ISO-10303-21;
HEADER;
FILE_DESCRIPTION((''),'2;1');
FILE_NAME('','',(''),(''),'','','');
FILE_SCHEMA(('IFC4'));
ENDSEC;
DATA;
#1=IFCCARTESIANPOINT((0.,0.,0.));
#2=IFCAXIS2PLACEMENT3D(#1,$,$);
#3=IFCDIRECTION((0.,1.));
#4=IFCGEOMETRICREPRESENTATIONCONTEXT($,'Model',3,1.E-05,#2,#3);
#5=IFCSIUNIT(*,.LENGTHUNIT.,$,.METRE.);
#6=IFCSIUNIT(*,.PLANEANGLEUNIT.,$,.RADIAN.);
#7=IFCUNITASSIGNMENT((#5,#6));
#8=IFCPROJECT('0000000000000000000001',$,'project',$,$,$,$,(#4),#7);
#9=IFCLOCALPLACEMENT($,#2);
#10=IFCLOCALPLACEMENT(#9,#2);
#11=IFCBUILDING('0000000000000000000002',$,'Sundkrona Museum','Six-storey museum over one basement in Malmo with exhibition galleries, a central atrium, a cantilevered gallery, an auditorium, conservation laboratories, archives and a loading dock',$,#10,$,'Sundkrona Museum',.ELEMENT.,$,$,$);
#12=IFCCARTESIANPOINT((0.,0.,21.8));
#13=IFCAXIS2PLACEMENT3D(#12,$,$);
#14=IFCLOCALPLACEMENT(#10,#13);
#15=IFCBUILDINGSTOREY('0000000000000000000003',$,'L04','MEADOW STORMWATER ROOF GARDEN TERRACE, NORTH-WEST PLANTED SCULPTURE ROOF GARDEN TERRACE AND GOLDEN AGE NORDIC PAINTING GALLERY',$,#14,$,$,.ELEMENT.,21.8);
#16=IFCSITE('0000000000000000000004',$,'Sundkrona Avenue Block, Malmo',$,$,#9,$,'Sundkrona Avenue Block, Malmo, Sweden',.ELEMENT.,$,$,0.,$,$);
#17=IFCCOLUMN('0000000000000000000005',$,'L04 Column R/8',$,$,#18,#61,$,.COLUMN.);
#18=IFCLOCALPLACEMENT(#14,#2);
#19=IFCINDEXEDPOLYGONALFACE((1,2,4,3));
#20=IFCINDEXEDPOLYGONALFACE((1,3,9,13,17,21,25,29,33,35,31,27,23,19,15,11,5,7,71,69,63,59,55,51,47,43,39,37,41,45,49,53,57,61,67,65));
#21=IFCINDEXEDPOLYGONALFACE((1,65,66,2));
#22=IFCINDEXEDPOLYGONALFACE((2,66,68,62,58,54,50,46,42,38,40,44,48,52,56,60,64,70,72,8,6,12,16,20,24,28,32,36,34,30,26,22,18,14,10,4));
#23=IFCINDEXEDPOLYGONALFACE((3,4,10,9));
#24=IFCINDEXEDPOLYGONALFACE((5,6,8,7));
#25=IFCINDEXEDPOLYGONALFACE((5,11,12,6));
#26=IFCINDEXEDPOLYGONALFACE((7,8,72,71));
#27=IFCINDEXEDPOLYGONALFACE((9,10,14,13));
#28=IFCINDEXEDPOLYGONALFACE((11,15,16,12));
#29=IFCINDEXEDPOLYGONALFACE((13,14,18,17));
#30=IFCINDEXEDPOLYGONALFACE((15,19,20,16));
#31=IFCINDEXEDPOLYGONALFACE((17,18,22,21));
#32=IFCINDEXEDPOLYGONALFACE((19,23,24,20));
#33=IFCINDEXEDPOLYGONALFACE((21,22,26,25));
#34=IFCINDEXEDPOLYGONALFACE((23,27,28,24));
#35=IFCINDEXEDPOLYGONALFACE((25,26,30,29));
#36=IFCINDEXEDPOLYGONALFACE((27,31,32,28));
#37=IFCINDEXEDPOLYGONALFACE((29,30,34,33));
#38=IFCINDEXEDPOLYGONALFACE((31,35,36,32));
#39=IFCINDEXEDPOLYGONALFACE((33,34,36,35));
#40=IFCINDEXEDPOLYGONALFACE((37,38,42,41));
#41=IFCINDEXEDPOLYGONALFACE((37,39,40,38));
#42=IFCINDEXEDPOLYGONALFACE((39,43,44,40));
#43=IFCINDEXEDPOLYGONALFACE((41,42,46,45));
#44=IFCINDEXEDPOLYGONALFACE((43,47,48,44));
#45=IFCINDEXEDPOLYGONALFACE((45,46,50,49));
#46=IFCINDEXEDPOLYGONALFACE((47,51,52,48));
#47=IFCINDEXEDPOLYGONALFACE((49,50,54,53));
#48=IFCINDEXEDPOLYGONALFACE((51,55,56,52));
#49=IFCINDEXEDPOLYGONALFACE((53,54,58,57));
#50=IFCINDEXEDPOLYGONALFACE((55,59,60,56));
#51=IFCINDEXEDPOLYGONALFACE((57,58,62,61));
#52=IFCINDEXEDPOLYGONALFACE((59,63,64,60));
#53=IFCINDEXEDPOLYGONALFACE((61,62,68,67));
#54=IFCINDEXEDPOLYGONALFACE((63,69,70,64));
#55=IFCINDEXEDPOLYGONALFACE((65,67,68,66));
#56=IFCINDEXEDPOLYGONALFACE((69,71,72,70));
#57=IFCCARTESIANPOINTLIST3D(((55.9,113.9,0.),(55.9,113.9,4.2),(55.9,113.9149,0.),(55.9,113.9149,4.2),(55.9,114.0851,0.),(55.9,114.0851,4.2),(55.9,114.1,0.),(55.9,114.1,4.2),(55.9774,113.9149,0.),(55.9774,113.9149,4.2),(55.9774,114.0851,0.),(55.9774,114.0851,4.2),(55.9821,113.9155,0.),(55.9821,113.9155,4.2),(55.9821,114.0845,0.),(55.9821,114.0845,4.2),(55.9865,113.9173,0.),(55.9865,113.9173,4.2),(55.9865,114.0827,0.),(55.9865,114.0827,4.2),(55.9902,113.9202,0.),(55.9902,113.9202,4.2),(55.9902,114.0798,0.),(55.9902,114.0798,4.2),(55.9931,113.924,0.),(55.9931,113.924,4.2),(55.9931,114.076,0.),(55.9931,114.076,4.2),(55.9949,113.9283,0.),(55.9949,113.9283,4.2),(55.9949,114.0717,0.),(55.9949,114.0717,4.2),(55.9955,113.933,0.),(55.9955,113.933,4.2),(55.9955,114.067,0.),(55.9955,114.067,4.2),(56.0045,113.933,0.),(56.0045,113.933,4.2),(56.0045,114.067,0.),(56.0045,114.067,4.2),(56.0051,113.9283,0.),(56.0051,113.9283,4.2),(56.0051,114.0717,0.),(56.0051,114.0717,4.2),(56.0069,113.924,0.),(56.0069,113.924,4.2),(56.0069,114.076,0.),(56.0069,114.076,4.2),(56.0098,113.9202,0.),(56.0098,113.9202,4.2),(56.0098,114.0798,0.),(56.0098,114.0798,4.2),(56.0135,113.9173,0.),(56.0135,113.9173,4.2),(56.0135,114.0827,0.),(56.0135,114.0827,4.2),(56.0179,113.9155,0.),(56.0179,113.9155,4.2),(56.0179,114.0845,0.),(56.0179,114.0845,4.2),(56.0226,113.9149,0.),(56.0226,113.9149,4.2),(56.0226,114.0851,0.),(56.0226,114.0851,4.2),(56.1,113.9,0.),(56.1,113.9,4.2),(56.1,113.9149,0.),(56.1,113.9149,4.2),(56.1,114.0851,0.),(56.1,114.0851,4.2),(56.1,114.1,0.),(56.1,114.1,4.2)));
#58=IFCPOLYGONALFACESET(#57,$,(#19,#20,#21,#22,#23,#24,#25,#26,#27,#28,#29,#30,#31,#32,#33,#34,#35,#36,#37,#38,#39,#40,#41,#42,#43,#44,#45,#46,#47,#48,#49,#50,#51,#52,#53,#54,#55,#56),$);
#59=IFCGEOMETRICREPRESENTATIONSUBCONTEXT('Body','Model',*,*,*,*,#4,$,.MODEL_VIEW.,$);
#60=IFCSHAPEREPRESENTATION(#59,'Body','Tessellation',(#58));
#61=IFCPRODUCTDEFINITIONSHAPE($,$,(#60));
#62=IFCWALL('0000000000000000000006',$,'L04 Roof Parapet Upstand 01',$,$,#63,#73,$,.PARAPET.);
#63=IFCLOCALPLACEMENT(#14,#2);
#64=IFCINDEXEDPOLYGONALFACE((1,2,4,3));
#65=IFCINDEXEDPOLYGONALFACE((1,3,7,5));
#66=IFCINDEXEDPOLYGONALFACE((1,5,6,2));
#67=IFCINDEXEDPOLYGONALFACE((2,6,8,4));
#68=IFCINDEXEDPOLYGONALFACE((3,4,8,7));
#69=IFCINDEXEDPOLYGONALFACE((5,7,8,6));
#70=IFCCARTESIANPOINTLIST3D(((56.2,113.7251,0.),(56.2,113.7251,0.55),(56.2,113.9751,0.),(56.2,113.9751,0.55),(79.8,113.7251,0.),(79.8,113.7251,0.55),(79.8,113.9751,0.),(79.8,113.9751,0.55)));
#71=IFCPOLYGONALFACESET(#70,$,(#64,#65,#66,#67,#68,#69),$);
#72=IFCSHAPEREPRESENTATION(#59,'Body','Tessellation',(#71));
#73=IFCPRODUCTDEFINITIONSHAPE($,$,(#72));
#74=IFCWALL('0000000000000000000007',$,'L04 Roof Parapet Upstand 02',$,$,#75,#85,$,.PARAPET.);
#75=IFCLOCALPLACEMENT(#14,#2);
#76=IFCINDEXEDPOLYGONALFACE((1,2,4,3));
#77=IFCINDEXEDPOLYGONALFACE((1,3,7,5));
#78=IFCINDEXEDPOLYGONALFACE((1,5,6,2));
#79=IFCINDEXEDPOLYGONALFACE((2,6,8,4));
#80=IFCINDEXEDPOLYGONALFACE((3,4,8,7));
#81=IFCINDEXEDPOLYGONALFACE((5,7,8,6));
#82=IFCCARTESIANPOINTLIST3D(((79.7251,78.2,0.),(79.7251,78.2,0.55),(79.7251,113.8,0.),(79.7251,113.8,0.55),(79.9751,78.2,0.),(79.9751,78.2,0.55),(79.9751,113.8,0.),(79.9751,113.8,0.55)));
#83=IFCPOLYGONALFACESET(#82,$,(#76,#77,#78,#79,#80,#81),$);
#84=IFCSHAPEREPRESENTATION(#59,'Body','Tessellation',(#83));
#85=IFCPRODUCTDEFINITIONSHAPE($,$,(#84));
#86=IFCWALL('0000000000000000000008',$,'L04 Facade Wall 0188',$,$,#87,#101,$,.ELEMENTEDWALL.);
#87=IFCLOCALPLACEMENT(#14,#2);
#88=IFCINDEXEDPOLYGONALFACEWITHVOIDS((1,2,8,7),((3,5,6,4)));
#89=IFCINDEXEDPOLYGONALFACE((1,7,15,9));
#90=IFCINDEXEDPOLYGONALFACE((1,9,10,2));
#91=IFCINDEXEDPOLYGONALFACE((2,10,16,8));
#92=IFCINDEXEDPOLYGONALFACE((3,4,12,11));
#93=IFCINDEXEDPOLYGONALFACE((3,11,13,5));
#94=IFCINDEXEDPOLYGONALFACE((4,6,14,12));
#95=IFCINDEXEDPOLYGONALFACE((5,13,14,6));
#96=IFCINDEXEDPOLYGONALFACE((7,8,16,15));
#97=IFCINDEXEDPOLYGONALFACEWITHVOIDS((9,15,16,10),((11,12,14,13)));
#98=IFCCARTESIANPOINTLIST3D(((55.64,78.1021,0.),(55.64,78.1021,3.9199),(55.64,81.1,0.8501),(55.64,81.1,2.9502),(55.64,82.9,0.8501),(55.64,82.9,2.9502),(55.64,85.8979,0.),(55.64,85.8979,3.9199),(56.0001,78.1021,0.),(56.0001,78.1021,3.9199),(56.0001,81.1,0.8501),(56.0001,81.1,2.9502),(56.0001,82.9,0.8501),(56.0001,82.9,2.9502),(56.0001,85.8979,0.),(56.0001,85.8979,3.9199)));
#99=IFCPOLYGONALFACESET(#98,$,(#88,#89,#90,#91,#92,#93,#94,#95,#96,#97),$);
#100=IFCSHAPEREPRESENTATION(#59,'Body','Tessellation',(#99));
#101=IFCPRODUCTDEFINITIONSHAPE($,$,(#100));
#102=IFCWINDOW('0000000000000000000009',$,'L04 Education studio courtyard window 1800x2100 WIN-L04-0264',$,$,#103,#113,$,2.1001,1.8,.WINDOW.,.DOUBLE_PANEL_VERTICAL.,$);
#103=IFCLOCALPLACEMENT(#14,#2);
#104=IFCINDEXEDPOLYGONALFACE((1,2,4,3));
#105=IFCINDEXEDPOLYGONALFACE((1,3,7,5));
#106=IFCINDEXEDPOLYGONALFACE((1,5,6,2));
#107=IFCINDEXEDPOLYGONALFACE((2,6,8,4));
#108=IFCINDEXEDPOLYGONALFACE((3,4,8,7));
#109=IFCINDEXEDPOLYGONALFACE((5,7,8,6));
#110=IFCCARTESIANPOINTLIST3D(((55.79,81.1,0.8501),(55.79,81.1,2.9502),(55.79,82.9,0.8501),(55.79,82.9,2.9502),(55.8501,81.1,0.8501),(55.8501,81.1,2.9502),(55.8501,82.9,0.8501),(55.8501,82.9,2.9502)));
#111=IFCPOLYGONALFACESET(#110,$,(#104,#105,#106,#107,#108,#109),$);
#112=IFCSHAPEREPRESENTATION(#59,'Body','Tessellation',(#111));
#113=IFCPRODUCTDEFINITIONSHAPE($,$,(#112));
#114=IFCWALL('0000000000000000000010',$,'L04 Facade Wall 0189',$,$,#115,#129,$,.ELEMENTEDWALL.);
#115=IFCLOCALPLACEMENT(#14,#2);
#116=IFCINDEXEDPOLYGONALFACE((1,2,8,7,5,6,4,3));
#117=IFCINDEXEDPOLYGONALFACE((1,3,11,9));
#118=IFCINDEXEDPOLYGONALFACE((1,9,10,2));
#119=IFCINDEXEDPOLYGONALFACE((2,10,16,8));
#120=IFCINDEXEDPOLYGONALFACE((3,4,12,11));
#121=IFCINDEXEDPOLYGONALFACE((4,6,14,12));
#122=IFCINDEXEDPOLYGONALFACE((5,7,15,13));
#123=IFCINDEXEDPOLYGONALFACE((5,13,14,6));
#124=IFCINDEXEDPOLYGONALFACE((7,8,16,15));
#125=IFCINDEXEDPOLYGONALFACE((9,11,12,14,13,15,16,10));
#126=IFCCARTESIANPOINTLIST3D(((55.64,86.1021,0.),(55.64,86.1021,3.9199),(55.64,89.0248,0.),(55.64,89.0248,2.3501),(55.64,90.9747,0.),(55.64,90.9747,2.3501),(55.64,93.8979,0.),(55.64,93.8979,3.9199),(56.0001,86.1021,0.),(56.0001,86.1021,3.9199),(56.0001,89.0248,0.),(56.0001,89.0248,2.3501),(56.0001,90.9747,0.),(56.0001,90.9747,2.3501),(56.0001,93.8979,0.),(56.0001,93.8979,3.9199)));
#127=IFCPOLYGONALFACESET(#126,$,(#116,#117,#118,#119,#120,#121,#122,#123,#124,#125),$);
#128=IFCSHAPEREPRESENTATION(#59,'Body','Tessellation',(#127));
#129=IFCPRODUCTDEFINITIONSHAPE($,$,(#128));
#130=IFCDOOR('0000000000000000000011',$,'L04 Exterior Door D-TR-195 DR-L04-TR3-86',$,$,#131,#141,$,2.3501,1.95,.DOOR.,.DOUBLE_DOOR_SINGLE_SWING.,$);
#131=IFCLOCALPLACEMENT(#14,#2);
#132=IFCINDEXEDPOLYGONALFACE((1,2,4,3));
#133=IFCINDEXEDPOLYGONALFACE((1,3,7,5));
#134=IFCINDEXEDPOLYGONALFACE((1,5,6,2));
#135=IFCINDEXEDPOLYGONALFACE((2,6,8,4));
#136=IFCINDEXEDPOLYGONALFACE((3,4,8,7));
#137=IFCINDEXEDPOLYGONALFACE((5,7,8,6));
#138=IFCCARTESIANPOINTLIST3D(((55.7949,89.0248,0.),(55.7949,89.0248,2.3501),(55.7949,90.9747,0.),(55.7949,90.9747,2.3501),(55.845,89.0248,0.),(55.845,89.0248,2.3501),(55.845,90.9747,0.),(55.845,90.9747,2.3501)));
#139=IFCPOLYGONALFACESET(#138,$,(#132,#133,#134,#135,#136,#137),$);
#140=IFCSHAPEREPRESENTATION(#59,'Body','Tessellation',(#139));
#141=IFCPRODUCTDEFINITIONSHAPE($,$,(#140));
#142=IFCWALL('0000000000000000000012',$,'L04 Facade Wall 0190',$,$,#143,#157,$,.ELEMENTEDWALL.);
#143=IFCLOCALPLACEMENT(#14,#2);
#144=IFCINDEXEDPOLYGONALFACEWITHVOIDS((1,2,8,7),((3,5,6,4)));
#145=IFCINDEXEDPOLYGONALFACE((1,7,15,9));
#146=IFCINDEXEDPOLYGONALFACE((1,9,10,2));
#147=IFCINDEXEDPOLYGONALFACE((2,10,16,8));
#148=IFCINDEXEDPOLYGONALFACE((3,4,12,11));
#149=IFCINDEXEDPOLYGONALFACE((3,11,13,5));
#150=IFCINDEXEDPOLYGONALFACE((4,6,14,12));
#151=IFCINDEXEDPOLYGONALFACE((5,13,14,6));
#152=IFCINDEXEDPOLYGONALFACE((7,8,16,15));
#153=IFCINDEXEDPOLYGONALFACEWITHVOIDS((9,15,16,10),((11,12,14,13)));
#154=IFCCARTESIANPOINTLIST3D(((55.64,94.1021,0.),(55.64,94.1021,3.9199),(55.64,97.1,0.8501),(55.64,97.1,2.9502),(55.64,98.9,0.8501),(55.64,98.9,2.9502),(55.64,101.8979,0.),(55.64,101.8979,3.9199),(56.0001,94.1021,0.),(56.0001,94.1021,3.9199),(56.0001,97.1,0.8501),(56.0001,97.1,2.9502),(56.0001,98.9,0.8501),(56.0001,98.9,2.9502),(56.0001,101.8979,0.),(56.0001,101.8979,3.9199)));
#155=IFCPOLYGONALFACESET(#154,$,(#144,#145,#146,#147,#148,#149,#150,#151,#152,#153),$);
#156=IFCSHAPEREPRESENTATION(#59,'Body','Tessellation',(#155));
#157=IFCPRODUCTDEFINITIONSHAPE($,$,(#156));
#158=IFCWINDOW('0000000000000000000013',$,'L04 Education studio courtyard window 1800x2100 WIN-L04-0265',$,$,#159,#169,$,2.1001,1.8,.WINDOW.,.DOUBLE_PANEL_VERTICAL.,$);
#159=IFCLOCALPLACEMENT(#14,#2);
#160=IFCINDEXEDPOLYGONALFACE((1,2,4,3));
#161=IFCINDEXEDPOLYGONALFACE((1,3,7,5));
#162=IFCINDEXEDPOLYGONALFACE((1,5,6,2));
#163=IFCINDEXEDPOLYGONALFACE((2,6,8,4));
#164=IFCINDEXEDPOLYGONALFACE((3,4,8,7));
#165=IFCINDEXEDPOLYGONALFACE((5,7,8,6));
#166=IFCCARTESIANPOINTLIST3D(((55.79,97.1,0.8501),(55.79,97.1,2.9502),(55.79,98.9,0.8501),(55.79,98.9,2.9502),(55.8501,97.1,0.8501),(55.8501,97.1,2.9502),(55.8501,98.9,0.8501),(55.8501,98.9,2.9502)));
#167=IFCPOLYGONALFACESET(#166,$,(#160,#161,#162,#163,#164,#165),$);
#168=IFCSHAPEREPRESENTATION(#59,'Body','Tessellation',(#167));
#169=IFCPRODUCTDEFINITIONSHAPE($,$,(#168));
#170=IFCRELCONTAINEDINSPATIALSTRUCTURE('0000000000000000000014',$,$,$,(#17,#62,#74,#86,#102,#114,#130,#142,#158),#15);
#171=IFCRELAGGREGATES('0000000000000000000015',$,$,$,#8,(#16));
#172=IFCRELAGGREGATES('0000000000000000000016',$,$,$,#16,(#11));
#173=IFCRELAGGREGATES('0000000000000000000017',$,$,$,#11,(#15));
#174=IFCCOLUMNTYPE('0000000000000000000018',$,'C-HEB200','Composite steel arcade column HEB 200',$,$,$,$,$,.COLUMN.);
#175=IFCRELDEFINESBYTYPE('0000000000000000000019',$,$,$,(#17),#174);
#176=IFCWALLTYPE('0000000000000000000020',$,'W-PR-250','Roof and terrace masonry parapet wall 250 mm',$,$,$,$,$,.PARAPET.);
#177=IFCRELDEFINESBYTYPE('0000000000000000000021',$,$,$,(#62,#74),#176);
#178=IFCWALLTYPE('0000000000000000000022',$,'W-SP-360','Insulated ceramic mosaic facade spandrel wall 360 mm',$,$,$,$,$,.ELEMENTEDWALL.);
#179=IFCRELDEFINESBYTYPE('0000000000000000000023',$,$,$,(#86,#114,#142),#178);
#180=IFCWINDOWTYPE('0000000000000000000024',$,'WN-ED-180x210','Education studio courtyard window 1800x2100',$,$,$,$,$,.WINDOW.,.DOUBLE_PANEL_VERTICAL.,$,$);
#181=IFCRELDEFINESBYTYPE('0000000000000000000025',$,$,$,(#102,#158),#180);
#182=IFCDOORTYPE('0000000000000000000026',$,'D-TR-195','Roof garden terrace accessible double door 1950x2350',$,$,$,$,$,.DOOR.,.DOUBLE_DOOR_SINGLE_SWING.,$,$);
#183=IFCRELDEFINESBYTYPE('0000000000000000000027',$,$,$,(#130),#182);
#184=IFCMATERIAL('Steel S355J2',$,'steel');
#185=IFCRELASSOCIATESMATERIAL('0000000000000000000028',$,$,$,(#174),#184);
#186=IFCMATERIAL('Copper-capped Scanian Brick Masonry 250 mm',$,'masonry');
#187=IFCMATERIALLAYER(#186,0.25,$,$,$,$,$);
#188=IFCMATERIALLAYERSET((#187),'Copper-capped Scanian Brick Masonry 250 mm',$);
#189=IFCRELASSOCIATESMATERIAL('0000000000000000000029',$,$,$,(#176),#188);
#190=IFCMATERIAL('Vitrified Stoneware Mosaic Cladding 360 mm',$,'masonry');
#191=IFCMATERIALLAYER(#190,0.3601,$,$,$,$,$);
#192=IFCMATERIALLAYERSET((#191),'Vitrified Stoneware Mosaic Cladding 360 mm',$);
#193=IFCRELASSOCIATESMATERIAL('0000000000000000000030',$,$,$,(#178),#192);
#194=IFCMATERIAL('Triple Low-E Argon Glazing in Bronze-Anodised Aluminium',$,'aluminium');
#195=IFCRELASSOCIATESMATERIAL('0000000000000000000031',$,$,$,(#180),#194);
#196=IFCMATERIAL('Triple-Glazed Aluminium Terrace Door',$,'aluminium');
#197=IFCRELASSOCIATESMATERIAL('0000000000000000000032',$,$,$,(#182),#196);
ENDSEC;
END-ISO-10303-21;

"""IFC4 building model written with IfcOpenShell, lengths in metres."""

from ifc_helpers import new_model, si_unit, direction, frame, frame_2d, origin, origin_2d, place, context, subcontext, project, spatial, rectangle, i_section, extrude, material, layer, layer_set, material_profile, profile_set, type_object, element, fill, save


model = new_model("IFC4")

# Units and contexts
model_context = context("Model", 3, precision=1e-05, world=origin(), true_north=direction((0.0, 1.0)))
body_context = subcontext(model_context, "Body", "Model", "MODEL_VIEW")
ifc_project = project(units=[si_unit("LENGTHUNIT", "METRE"), si_unit("PLANEANGLEUNIT", "RADIAN")], contexts=[model_context])

# Site, building, storey
site_placement = place(None, origin())
site = spatial("IfcSite", under=ifc_project, at=site_placement, Name="Sundkrona Avenue Block, Malmo", LongName="Sundkrona Avenue Block, Malmo, Sweden", CompositionType="ELEMENT", RefElevation=0.0)
building_placement = place(site_placement, origin())
building = spatial("IfcBuilding", under=site, at=building_placement, Name="Sundkrona Museum", Description="Six-storey museum over one basement in Malmo with exhibition galleries, a central atrium, a cantilevered gallery, an auditorium, conservation laboratories, archives and a loading dock", LongName="Sundkrona Museum", CompositionType="ELEMENT")
storey_placement = place(building_placement, frame((0.0, 0.0, 21.8)))
storey = spatial("IfcBuildingStorey", under=building, at=storey_placement, Name="L04", Description="MEADOW STORMWATER ROOF GARDEN TERRACE, NORTH-WEST PLANTED SCULPTURE ROOF GARDEN TERRACE AND GOLDEN AGE NORDIC PAINTING GALLERY", CompositionType="ELEMENT", Elevation=21.8)

# Column
ifc_material_1 = material(Name="Steel S355J2", Category="steel")
ifc_material_profile = material_profile(ifc_material_1, i_section(OverallWidth=0.2, OverallDepth=0.2, WebThickness=0.009, FlangeThickness=0.0149, FilletRadius=0.0181, at=origin_2d()), Name="HEB 200")
ifc_profile_set = profile_set([ifc_material_profile], Name="Steel S355J2")
column_type = type_object("IfcColumnType", Name="C-HEB200", Description="Composite steel arcade column HEB 200", PredefinedType="COLUMN", material=ifc_profile_set)
for number, where, z_axis, x_axis, name in (
    (1, (56.0, 114.0, 0.0), (0.0, 0.0, 1.0), (1.0, 0.0, 0.0), "L04 Column R/8"),
):
    element("IfcColumn", number, at=place(storey_placement, frame(where, z_axis=z_axis, x_axis=x_axis)), inside=storey, type_object=column_type, Name=name, PredefinedType="COLUMN", context=body_context, shape_type="SweptSolid", body=[
        extrude(i_section(OverallWidth=0.2, OverallDepth=0.2, WebThickness=0.009, FlangeThickness=0.0149, FilletRadius=0.0181, at=origin_2d()), origin(), (0.0, 0.0, 1.0), 4.2),
    ])

# Walls
ifc_material_2 = material(Name="Copper-capped Scanian Brick Masonry 250 mm", Category="masonry")
ifc_layer_1 = layer(ifc_material_2, 0.25)
ifc_layer_set_1 = layer_set([ifc_layer_1], Name="Copper-capped Scanian Brick Masonry 250 mm")
wall_type_1 = type_object("IfcWallType", Name="W-PR-250", Description="Roof and terrace masonry parapet wall 250 mm", PredefinedType="PARAPET", material=ifc_layer_set_1)
wall_1_placement = place(storey_placement, frame((56.2, 113.8501, 0.0), z_axis=(0.0, 0.0, 1.0), x_axis=(1.0, 0.0, 0.0)))
element("IfcWall", 2, at=wall_1_placement, inside=storey, type_object=wall_type_1, Name="L04 Roof Parapet Upstand 01", PredefinedType="PARAPET", context=body_context, shape_type="SweptSolid", body=[
    extrude(rectangle(XDim=23.6001, YDim=0.25, at=frame_2d((11.8, 0.0))), origin(), (0.0, 0.0, 1.0), 0.55),
])
wall_2_placement = place(storey_placement, frame((79.8501, 78.2, 0.0), z_axis=(0.0, 0.0, 1.0), x_axis=(0.0, 1.0, 0.0)))
element("IfcWall", 3, at=wall_2_placement, inside=storey, type_object=wall_type_1, Name="L04 Roof Parapet Upstand 02", PredefinedType="PARAPET", context=body_context, shape_type="SweptSolid", body=[
    extrude(rectangle(XDim=35.6001, YDim=0.25, at=frame_2d((17.8, 0.0))), origin(), (0.0, 0.0, 1.0), 0.55),
])

# Wall, opening, window
ifc_material_3 = material(Name="Vitrified Stoneware Mosaic Cladding 360 mm", Category="masonry")
ifc_layer_2 = layer(ifc_material_3, 0.3601)
ifc_layer_set_2 = layer_set([ifc_layer_2], Name="Vitrified Stoneware Mosaic Cladding 360 mm")
wall_type_2 = type_object("IfcWallType", Name="W-SP-360", Description="Insulated ceramic mosaic facade spandrel wall 360 mm", PredefinedType="ELEMENTEDWALL", material=ifc_layer_set_2)
wall_3_placement = place(storey_placement, frame((55.8201, 85.8979, 0.0), z_axis=(0.0, 0.0, 1.0), x_axis=(0.0, -1.0, 0.0)))
wall_3 = element("IfcWall", 4, at=wall_3_placement, inside=storey, type_object=wall_type_2, Name="L04 Facade Wall 0188", PredefinedType="ELEMENTEDWALL", context=body_context, shape_type="SweptSolid", body=[
    extrude(rectangle(XDim=7.7959, YDim=0.3601, at=frame_2d((3.8979, 0.0))), origin(), (0.0, 0.0, 1.0), 3.9199),
])
opening_1_placement = place(wall_3_placement, frame((2.998, 0.0, 0.8501)))
opening_1 = element("IfcOpeningElement", 5, at=opening_1_placement, cuts=wall_3, PredefinedType="OPENING", context=body_context, shape_type="SweptSolid", body=[
    extrude(rectangle(XDim=1.8, YDim=2.1001, at=frame_2d((0.8999, 1.05))), frame((0.0, 0.1899, 0.0), z_axis=(0.0, -1.0, 0.0), x_axis=(1.0, 0.0, 0.0)), (0.0, 0.0, 1.0), 0.3801),
])
ifc_material_4 = material(Name="Triple Low-E Argon Glazing in Bronze-Anodised Aluminium", Category="aluminium")
window_type = type_object("IfcWindowType", Name="WN-ED-180x210", Description="Education studio courtyard window 1800x2100", PartitioningType="DOUBLE_PANEL_VERTICAL", PredefinedType="WINDOW", material=ifc_material_4)
window_1_placement = place(opening_1_placement, origin())
window_1 = element("IfcWindow", 6, at=window_1_placement, inside=storey, type_object=window_type, Name="L04 Education studio courtyard window 1800x2100 WIN-L04-0264", OverallHeight=2.1001, OverallWidth=1.8, PartitioningType="DOUBLE_PANEL_VERTICAL", PredefinedType="WINDOW", context=body_context, shape_type="SweptSolid", body=[
    extrude(rectangle(XDim=1.8, YDim=2.1001, at=frame_2d((0.8999, 1.05))), frame((0.0, 0.03, 0.0), z_axis=(0.0, -1.0, 0.0), x_axis=(1.0, 0.0, 0.0)), (0.0, 0.0, 1.0), 0.0601),
])
fill(opening_1, window_1)

# Wall, opening, door
wall_4_placement = place(storey_placement, frame((55.8201, 93.8979, 0.0), z_axis=(0.0, 0.0, 1.0), x_axis=(0.0, -1.0, 0.0)))
wall_4 = element("IfcWall", 7, at=wall_4_placement, inside=storey, type_object=wall_type_2, Name="L04 Facade Wall 0189", PredefinedType="ELEMENTEDWALL", context=body_context, shape_type="SweptSolid", body=[
    extrude(rectangle(XDim=7.7959, YDim=0.3601, at=frame_2d((3.8979, 0.0))), origin(), (0.0, 0.0, 1.0), 3.9199),
])
opening_2_placement = place(wall_4_placement, frame((2.9231, 0.0, 0.0)))
opening_2 = element("IfcOpeningElement", 8, at=opening_2_placement, cuts=wall_4, PredefinedType="OPENING", context=body_context, shape_type="SweptSolid", body=[
    extrude(rectangle(XDim=1.95, YDim=2.3501, at=frame_2d((0.9751, 1.175))), frame((0.0, 0.1899, 0.0), z_axis=(0.0, -1.0, 0.0), x_axis=(1.0, 0.0, 0.0)), (0.0, 0.0, 1.0), 0.3801),
])
ifc_material_5 = material(Name="Triple-Glazed Aluminium Terrace Door", Category="aluminium")
door_type = type_object("IfcDoorType", Name="D-TR-195", Description="Roof garden terrace accessible double door 1950x2350", OperationType="DOUBLE_DOOR_SINGLE_SWING", PredefinedType="DOOR", material=ifc_material_5)
door_1_placement = place(opening_2_placement, origin())
door_1 = element("IfcDoor", 9, at=door_1_placement, inside=storey, type_object=door_type, Name="L04 Exterior Door D-TR-195 DR-L04-TR3-86", OperationType="DOUBLE_DOOR_SINGLE_SWING", OverallHeight=2.3501, OverallWidth=1.95, PredefinedType="DOOR", context=body_context, shape_type="SweptSolid", body=[
    extrude(rectangle(XDim=1.95, YDim=2.3501, at=frame_2d((0.9751, 1.175))), frame((0.0, 0.0249, 0.0), z_axis=(0.0, -1.0, 0.0), x_axis=(1.0, 0.0, 0.0)), (0.0, 0.0, 1.0), 0.05),
])
fill(opening_2, door_1)

# Wall, opening, window
wall_5_placement = place(storey_placement, frame((55.8201, 101.8979, 0.0), z_axis=(0.0, 0.0, 1.0), x_axis=(0.0, -1.0, 0.0)))
wall_5 = element("IfcWall", 10, at=wall_5_placement, inside=storey, type_object=wall_type_2, Name="L04 Facade Wall 0190", PredefinedType="ELEMENTEDWALL", context=body_context, shape_type="SweptSolid", body=[
    extrude(rectangle(XDim=7.7959, YDim=0.3601, at=frame_2d((3.8979, 0.0))), origin(), (0.0, 0.0, 1.0), 3.9199),
])
opening_3_placement = place(wall_5_placement, frame((2.998, 0.0, 0.8501)))
opening_3 = element("IfcOpeningElement", 11, at=opening_3_placement, cuts=wall_5, PredefinedType="OPENING", context=body_context, shape_type="SweptSolid", body=[
    extrude(rectangle(XDim=1.8, YDim=2.1001, at=frame_2d((0.8999, 1.05))), frame((0.0, 0.1899, 0.0), z_axis=(0.0, -1.0, 0.0), x_axis=(1.0, 0.0, 0.0)), (0.0, 0.0, 1.0), 0.3801),
])
window_2_placement = place(opening_3_placement, origin())
window_2 = element("IfcWindow", 12, at=window_2_placement, inside=storey, type_object=window_type, Name="L04 Education studio courtyard window 1800x2100 WIN-L04-0265", OverallHeight=2.1001, OverallWidth=1.8, PartitioningType="DOUBLE_PANEL_VERTICAL", PredefinedType="WINDOW", context=body_context, shape_type="SweptSolid", body=[
    extrude(rectangle(XDim=1.8, YDim=2.1001, at=frame_2d((0.8999, 1.05))), frame((0.0, 0.03, 0.0), z_axis=(0.0, -1.0, 0.0), x_axis=(1.0, 0.0, 0.0)), (0.0, 0.0, 1.0), 0.0601),
])
fill(opening_3, window_2)

save(model, "model.ifc")
